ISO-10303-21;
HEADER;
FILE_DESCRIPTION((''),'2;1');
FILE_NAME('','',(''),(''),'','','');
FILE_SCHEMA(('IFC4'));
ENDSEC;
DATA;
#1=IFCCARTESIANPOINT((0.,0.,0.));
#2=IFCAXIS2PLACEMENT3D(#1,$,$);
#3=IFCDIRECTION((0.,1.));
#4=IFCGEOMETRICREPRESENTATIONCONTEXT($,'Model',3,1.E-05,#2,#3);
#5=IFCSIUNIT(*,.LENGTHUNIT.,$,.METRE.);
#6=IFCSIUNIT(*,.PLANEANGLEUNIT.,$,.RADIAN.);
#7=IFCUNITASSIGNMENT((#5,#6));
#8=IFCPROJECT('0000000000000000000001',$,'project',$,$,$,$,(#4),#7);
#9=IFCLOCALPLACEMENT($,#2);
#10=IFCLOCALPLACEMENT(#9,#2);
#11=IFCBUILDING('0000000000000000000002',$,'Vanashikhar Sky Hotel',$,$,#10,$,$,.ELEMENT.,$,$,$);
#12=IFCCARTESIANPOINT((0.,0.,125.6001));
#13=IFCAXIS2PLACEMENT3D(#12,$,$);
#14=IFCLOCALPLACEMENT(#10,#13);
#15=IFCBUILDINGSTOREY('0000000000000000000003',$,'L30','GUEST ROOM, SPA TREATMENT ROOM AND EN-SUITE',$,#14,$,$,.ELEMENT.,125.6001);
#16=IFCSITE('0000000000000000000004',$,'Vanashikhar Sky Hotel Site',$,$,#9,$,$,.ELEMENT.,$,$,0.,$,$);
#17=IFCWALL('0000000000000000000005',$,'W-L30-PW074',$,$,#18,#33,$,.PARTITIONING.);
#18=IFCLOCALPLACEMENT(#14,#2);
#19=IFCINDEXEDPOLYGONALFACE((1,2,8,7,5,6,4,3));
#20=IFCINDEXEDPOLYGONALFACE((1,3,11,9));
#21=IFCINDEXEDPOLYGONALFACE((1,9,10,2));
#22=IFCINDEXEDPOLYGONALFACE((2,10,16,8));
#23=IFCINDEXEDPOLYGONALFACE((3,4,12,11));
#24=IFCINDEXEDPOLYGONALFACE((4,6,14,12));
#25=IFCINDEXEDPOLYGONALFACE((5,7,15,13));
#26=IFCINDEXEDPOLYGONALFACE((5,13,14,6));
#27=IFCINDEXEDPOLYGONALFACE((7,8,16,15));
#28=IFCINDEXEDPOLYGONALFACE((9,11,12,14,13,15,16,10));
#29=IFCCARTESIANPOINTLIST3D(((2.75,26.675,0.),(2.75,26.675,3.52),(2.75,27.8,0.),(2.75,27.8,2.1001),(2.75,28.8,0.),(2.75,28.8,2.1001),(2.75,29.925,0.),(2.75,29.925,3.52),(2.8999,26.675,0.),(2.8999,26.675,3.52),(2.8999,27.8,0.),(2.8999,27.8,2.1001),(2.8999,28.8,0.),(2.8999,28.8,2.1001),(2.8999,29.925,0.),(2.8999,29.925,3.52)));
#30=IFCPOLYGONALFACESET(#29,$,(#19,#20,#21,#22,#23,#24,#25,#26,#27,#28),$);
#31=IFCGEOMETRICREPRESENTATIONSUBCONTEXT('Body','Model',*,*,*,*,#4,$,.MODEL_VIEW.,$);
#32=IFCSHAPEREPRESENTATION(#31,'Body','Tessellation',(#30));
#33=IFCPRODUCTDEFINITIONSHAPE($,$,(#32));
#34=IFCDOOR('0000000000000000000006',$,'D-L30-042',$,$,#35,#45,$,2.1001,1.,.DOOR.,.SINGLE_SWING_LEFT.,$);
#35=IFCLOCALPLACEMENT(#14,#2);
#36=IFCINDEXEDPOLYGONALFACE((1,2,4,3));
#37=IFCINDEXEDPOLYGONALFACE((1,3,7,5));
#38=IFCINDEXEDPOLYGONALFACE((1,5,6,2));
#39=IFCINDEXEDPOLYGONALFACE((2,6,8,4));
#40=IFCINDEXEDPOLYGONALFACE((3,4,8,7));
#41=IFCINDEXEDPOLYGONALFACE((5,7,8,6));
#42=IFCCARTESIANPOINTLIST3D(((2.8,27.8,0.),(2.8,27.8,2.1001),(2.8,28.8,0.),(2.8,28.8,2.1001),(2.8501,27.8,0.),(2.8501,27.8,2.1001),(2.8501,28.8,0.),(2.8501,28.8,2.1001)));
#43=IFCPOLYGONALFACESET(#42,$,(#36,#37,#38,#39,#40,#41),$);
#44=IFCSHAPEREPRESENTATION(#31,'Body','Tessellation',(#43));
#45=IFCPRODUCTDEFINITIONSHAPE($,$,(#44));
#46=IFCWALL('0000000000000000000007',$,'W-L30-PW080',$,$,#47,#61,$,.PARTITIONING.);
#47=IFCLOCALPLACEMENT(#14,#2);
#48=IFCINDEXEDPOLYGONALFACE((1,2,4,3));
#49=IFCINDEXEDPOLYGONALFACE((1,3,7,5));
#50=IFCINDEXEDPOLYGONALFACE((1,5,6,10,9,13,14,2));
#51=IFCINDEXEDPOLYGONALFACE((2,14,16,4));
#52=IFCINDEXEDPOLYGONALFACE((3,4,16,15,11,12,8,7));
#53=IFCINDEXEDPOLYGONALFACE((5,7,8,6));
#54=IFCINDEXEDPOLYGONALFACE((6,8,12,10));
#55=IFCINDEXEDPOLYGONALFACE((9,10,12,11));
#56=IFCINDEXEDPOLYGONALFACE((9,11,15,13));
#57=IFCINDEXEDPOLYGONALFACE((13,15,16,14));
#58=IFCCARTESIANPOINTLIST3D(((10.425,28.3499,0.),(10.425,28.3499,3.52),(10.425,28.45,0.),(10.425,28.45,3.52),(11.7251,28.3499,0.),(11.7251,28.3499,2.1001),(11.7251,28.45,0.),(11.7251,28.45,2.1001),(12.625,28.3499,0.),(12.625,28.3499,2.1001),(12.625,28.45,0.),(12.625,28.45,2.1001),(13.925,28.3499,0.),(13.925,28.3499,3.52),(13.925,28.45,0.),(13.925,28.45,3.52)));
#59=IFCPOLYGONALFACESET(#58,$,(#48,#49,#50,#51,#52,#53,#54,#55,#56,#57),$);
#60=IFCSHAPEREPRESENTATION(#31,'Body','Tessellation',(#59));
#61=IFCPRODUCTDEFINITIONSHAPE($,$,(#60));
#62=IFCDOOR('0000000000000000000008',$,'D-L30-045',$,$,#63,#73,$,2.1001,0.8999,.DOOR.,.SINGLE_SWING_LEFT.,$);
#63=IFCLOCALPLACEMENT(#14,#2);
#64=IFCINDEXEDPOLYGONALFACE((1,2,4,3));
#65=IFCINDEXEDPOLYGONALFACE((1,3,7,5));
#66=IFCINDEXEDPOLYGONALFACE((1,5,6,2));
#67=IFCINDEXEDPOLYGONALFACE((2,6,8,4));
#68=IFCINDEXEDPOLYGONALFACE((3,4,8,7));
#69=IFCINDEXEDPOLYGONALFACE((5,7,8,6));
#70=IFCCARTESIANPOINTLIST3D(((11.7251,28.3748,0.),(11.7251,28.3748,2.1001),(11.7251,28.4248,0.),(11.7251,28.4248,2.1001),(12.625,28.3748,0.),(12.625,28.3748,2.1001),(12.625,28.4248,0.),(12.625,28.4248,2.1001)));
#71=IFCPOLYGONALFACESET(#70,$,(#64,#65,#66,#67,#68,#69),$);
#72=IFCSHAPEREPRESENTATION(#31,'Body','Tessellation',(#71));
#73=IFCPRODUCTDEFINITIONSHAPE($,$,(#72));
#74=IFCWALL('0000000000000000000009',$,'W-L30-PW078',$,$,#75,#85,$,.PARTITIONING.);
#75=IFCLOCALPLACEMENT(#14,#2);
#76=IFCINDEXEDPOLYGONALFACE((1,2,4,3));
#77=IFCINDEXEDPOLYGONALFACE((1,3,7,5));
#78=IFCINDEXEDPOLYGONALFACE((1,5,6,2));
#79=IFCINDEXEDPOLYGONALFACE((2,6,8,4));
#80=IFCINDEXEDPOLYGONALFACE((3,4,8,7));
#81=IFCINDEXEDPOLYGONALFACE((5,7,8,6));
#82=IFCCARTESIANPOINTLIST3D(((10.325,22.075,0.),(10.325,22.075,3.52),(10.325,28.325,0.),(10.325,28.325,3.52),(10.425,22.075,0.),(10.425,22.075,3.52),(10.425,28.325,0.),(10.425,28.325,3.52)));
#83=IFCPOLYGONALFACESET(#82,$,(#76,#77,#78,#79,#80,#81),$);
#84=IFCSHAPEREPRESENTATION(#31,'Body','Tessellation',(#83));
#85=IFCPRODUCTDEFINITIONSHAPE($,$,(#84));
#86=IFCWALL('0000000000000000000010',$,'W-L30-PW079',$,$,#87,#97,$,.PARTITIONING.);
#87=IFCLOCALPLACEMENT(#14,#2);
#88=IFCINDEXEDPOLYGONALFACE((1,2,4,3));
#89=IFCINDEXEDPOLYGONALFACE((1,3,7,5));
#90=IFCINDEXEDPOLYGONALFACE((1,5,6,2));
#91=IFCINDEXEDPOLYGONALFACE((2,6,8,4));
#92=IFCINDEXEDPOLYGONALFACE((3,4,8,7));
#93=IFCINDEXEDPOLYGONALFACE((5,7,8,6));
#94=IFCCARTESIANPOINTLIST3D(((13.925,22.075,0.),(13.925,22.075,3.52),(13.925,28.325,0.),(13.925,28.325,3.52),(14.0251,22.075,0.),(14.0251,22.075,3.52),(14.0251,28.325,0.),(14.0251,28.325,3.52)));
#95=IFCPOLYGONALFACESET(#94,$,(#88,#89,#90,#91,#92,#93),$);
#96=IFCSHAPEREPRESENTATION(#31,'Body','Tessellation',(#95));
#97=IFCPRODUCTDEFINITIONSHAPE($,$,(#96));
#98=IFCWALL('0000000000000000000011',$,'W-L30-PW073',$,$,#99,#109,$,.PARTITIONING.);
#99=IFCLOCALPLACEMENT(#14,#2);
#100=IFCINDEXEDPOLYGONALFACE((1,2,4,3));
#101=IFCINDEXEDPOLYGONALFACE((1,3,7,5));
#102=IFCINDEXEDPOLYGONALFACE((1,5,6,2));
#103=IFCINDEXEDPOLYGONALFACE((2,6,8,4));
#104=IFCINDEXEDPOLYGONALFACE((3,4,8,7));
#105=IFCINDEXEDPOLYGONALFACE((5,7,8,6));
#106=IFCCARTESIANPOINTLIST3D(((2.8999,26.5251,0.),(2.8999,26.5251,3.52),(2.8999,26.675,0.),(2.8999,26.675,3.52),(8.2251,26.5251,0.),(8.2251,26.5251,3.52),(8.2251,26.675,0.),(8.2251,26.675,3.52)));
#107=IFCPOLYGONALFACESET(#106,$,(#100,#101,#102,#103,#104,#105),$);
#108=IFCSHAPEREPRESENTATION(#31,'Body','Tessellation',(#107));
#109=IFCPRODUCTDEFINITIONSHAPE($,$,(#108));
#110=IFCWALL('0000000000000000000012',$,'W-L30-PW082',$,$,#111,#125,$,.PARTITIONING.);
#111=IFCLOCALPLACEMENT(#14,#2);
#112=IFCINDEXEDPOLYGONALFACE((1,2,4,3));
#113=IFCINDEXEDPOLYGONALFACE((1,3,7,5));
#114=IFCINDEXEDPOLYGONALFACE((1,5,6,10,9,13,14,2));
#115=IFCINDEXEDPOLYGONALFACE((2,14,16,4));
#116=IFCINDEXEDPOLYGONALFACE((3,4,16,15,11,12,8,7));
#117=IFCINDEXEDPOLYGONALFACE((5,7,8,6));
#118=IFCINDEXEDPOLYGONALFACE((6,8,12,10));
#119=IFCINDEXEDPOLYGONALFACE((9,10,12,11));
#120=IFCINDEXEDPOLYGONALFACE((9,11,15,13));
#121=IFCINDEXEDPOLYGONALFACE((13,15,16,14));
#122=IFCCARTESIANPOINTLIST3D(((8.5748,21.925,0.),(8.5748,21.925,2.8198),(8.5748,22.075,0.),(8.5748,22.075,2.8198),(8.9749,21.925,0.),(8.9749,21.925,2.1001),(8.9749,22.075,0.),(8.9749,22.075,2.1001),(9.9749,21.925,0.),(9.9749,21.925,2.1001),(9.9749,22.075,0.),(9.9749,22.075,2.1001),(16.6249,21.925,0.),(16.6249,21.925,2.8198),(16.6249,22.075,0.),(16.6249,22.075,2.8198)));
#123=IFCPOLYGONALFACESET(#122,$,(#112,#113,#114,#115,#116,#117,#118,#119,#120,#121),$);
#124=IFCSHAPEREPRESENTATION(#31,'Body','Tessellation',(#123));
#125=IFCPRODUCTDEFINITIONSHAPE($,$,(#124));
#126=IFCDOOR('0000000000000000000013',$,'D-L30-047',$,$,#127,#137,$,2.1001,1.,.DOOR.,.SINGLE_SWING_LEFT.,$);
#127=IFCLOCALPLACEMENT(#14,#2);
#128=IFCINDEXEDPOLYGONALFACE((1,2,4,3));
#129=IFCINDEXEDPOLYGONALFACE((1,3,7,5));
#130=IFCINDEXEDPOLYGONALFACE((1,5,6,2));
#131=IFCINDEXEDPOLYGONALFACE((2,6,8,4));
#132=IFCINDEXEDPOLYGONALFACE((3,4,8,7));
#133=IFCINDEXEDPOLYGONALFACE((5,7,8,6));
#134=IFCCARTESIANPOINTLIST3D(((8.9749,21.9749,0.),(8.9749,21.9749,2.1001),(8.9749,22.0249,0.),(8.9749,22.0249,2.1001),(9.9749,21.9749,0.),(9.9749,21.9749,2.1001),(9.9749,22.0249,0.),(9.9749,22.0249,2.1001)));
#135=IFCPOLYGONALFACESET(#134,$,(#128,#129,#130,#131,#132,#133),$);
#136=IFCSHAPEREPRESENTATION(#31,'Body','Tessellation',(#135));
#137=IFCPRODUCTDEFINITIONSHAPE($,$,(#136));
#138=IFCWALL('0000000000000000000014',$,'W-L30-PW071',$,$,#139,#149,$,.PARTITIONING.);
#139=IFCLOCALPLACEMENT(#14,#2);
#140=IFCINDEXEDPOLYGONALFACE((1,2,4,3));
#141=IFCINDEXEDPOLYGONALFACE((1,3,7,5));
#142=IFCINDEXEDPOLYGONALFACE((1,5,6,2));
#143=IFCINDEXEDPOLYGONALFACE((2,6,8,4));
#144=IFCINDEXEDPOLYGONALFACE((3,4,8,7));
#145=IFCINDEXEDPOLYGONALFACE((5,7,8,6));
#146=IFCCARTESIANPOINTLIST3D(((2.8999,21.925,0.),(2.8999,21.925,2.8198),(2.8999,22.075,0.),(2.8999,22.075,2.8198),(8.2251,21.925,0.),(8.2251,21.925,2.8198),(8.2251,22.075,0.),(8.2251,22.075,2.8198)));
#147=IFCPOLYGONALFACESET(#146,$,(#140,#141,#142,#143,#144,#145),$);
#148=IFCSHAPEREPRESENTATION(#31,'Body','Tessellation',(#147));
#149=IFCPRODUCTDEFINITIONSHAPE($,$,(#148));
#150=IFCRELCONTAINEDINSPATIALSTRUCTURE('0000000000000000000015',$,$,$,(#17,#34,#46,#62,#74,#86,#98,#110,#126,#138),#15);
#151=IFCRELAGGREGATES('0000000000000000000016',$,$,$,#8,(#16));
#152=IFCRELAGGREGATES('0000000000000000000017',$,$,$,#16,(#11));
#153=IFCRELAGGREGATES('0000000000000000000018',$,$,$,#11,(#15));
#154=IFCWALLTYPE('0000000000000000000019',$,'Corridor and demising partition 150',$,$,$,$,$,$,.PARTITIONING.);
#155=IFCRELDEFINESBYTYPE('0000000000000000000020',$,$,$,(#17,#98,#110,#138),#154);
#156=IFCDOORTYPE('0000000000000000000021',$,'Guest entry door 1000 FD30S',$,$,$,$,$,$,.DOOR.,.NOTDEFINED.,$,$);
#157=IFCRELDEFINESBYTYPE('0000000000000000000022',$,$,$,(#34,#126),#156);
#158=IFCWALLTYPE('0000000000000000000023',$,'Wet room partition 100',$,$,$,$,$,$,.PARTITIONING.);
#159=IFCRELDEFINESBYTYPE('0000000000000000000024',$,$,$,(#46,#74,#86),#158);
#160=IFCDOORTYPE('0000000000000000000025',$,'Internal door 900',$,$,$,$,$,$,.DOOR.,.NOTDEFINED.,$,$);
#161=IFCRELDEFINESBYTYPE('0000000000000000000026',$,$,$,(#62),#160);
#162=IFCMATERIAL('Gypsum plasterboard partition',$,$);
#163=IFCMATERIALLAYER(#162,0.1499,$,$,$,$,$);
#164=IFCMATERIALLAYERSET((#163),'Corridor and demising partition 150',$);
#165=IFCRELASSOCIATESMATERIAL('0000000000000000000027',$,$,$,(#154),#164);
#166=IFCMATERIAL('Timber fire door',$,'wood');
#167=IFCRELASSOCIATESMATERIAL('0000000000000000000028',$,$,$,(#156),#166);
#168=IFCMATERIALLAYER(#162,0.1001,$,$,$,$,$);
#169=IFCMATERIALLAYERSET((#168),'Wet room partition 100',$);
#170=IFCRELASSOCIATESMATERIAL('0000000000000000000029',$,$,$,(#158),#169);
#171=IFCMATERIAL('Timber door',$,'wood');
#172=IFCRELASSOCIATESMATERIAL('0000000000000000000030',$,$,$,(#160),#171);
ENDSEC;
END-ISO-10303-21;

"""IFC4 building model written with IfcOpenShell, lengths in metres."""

from ifc_helpers import new_model, si_unit, direction, frame, frame_2d, origin, place, context, subcontext, project, spatial, rectangle, extrude, source, transform, mapped, material, layer, layer_set, type_object, element, fill, save


model = new_model("IFC4")

# Units and contexts
model_context = context("Model", 3, precision=1e-05, world=origin(), true_north=direction((0.0, 1.0)))
body_context = subcontext(model_context, "Body", "Model", "MODEL_VIEW")
ifc_project = project(units=[si_unit("LENGTHUNIT", "METRE"), si_unit("PLANEANGLEUNIT", "RADIAN")], contexts=[model_context])

# Site, building, storey
site_placement = place(None, origin())
site = spatial("IfcSite", under=ifc_project, at=site_placement, Name="Vanashikhar Sky Hotel Site", CompositionType="ELEMENT", RefElevation=0.0)
building_placement = place(site_placement, origin())
building = spatial("IfcBuilding", under=site, at=building_placement, Name="Vanashikhar Sky Hotel", CompositionType="ELEMENT")
storey_placement = place(building_placement, frame((0.0, 0.0, 125.6001)))
storey = spatial("IfcBuildingStorey", under=building, at=storey_placement, Name="L30", Description="GUEST ROOM, SPA TREATMENT ROOM AND EN-SUITE", CompositionType="ELEMENT", Elevation=125.6001)

# Walls, openings, doors
ifc_material_1 = material(Name="Gypsum plasterboard partition")
ifc_layer_1 = layer(ifc_material_1, 0.1499)
ifc_layer_set_1 = layer_set([ifc_layer_1], Name="Corridor and demising partition 150")
wall_type_1 = type_object("IfcWallType", Name="Corridor and demising partition 150", PredefinedType="PARTITIONING", material=ifc_layer_set_1)
shared_shape_1 = source(origin(), body_context, "Body", "SweptSolid", [
    extrude(rectangle(XDim=1.0, YDim=2.1001, at=frame_2d((0.5, 1.05))), frame((0.0, 0.085, 0.0), z_axis=(0.0, -1.0, 0.0), x_axis=(1.0, 0.0, 0.0)), (0.0, 0.0, 1.0), 0.1699),
])
ifc_material_2 = material(Name="Timber fire door", Category="wood")
door_type_1 = type_object("IfcDoorType", Name="Guest entry door 1000 FD30S", OperationType="NOTDEFINED", PredefinedType="DOOR", material=ifc_material_2)
shared_shape_2 = source(origin(), body_context, "Body", "SweptSolid", [
    extrude(rectangle(XDim=1.0, YDim=2.1001, at=frame_2d((0.5, 1.05))), frame((0.0, 0.0249, 0.0), z_axis=(0.0, -1.0, 0.0), x_axis=(1.0, 0.0, 0.0)), (0.0, 0.0, 1.0), 0.05),
])
shared_shape_3 = source(origin(), body_context, "Body", "SweptSolid", [
    extrude(rectangle(XDim=3.25, YDim=0.1499, at=frame_2d((1.625, 0.0))), origin(), (0.0, 0.0, 1.0), 3.52),
])
wall_1_placement = place(storey_placement, frame((2.825, 26.675, 0.0), z_axis=(0.0, 0.0, 1.0), x_axis=(0.0, 1.0, 0.0)))
wall_1 = element("IfcWall", 1, at=wall_1_placement, inside=storey, type_object=wall_type_1, Name="W-L30-PW074", PredefinedType="PARTITIONING", context=body_context, shape_type="MappedRepresentation", body=[
    mapped(shared_shape_3, transform((0.0, 0.0, 0.0), scale=1.0)),
])
opening_1_placement = place(wall_1_placement, frame((1.125, 0.0, 0.0)))
opening_1 = element("IfcOpeningElement", 2, at=opening_1_placement, cuts=wall_1, PredefinedType="OPENING", context=body_context, shape_type="MappedRepresentation", body=[
    mapped(shared_shape_1, transform((0.0, 0.0, 0.0), scale=1.0)),
])
door_1_placement = place(opening_1_placement, origin())
door_1 = element("IfcDoor", 3, at=door_1_placement, inside=storey, type_object=door_type_1, Name="D-L30-042", OperationType="SINGLE_SWING_LEFT", OverallHeight=2.1001, OverallWidth=1.0, PredefinedType="DOOR", context=body_context, shape_type="MappedRepresentation", body=[
    mapped(shared_shape_2, transform((0.0, 0.0, 0.0), scale=1.0)),
])
fill(opening_1, door_1)
ifc_layer_2 = layer(ifc_material_1, 0.1001)
ifc_layer_set_2 = layer_set([ifc_layer_2], Name="Wet room partition 100")
wall_type_2 = type_object("IfcWallType", Name="Wet room partition 100", PredefinedType="PARTITIONING", material=ifc_layer_set_2)
shared_shape_4 = source(origin(), body_context, "Body", "SweptSolid", [
    extrude(rectangle(XDim=3.5, YDim=0.1001, at=frame_2d((1.75, 0.0))), origin(), (0.0, 0.0, 1.0), 3.52),
])
wall_2_placement = place(storey_placement, frame((10.425, 28.3999, 0.0), z_axis=(0.0, 0.0, 1.0), x_axis=(1.0, 0.0, 0.0)))
wall_2 = element("IfcWall", 4, at=wall_2_placement, inside=storey, type_object=wall_type_2, Name="W-L30-PW080", PredefinedType="PARTITIONING", context=body_context, shape_type="MappedRepresentation", body=[
    mapped(shared_shape_4, transform((0.0, 0.0, 0.0), scale=1.0)),
])
shared_shape_5 = source(origin(), body_context, "Body", "SweptSolid", [
    extrude(rectangle(XDim=0.8999, YDim=2.1001, at=frame_2d((0.45, 1.05))), frame((0.0, 0.0601, 0.0), z_axis=(0.0, -1.0, 0.0), x_axis=(1.0, 0.0, 0.0)), (0.0, 0.0, 1.0), 0.1201),
])
opening_2_placement = place(wall_2_placement, frame((1.3, 0.0, 0.0)))
opening_2 = element("IfcOpeningElement", 5, at=opening_2_placement, cuts=wall_2, PredefinedType="OPENING", context=body_context, shape_type="MappedRepresentation", body=[
    mapped(shared_shape_5, transform((0.0, 0.0, 0.0), scale=1.0)),
])
ifc_material_3 = material(Name="Timber door", Category="wood")
door_type_2 = type_object("IfcDoorType", Name="Internal door 900", OperationType="NOTDEFINED", PredefinedType="DOOR", material=ifc_material_3)
shared_shape_6 = source(origin(), body_context, "Body", "SweptSolid", [
    extrude(rectangle(XDim=0.8999, YDim=2.1001, at=frame_2d((0.45, 1.05))), frame((0.0, 0.0249, 0.0), z_axis=(0.0, -1.0, 0.0), x_axis=(1.0, 0.0, 0.0)), (0.0, 0.0, 1.0), 0.05),
])
door_2_placement = place(opening_2_placement, origin())
door_2 = element("IfcDoor", 6, at=door_2_placement, inside=storey, type_object=door_type_2, Name="D-L30-045", OperationType="SINGLE_SWING_LEFT", OverallHeight=2.1001, OverallWidth=0.8999, PredefinedType="DOOR", context=body_context, shape_type="MappedRepresentation", body=[
    mapped(shared_shape_6, transform((0.0, 0.0, 0.0), scale=1.0)),
])
fill(opening_2, door_2)

# Walls
shared_shape_7 = source(origin(), body_context, "Body", "SweptSolid", [
    extrude(rectangle(XDim=6.25, YDim=0.1001, at=frame_2d((3.125, 0.0))), origin(), (0.0, 0.0, 1.0), 3.52),
])
for number, where, z_axis, x_axis, name in (
    (7, (10.375, 22.075, 0.0), (0.0, 0.0, 1.0), (0.0, 1.0, 0.0), "W-L30-PW078"),
    (8, (13.9751, 22.075, 0.0), (0.0, 0.0, 1.0), (0.0, 1.0, 0.0), "W-L30-PW079"),
):
    element("IfcWall", number, at=place(storey_placement, frame(where, z_axis=z_axis, x_axis=x_axis)), inside=storey, type_object=wall_type_2, Name=name, PredefinedType="PARTITIONING", context=body_context, shape_type="MappedRepresentation", body=[
        mapped(shared_shape_7, transform((0.0, 0.0, 0.0), scale=1.0)),
    ])
shared_shape_8 = source(origin(), body_context, "Body", "SweptSolid", [
    extrude(rectangle(XDim=5.3252, YDim=0.1499, at=frame_2d((2.6626, 0.0))), origin(), (0.0, 0.0, 1.0), 3.52),
])
wall_3_placement = place(storey_placement, frame((2.8999, 26.6001, 0.0), z_axis=(0.0, 0.0, 1.0), x_axis=(1.0, 0.0, 0.0)))
element("IfcWall", 9, at=wall_3_placement, inside=storey, type_object=wall_type_1, Name="W-L30-PW073", PredefinedType="PARTITIONING", context=body_context, shape_type="MappedRepresentation", body=[
    mapped(shared_shape_8, transform((0.0, 0.0, 0.0), scale=1.0)),
])

# Wall, opening, door
shared_shape_9 = source(origin(), body_context, "Body", "SweptSolid", [
    extrude(rectangle(XDim=8.05, YDim=0.1499, at=frame_2d((4.0249, 0.0))), origin(), (0.0, 0.0, 1.0), 2.8198),
])
wall_4_placement = place(storey_placement, frame((8.575, 22.0, 0.0), z_axis=(0.0, 0.0, 1.0), x_axis=(1.0, 0.0, 0.0)))
wall_4 = element("IfcWall", 10, at=wall_4_placement, inside=storey, type_object=wall_type_1, Name="W-L30-PW082", PredefinedType="PARTITIONING", context=body_context, shape_type="MappedRepresentation", body=[
    mapped(shared_shape_9, transform((0.0, 0.0, 0.0), scale=1.0)),
])
opening_3_placement = place(wall_4_placement, frame((0.3999, 0.0, 0.0)))
opening_3 = element("IfcOpeningElement", 11, at=opening_3_placement, cuts=wall_4, PredefinedType="OPENING", context=body_context, shape_type="MappedRepresentation", body=[
    mapped(shared_shape_1, transform((0.0, 0.0, 0.0), scale=1.0)),
])
door_3_placement = place(opening_3_placement, origin())
door_3 = element("IfcDoor", 12, at=door_3_placement, inside=storey, type_object=door_type_1, Name="D-L30-047", OperationType="SINGLE_SWING_LEFT", OverallHeight=2.1001, OverallWidth=1.0, PredefinedType="DOOR", context=body_context, shape_type="MappedRepresentation", body=[
    mapped(shared_shape_2, transform((0.0, 0.0, 0.0), scale=1.0)),
])
fill(opening_3, door_3)

# Wall
shared_shape_10 = source(origin(), body_context, "Body", "SweptSolid", [
    extrude(rectangle(XDim=5.3252, YDim=0.1499, at=frame_2d((2.6626, 0.0))), origin(), (0.0, 0.0, 1.0), 2.8198),
])
wall_5_placement = place(storey_placement, frame((2.8999, 22.0, 0.0), z_axis=(0.0, 0.0, 1.0), x_axis=(1.0, 0.0, 0.0)))
element("IfcWall", 13, at=wall_5_placement, inside=storey, type_object=wall_type_1, Name="W-L30-PW071", PredefinedType="PARTITIONING", context=body_context, shape_type="MappedRepresentation", body=[
    mapped(shared_shape_10, transform((0.0, 0.0, 0.0), scale=1.0)),
])

save(model, "model.ifc")
